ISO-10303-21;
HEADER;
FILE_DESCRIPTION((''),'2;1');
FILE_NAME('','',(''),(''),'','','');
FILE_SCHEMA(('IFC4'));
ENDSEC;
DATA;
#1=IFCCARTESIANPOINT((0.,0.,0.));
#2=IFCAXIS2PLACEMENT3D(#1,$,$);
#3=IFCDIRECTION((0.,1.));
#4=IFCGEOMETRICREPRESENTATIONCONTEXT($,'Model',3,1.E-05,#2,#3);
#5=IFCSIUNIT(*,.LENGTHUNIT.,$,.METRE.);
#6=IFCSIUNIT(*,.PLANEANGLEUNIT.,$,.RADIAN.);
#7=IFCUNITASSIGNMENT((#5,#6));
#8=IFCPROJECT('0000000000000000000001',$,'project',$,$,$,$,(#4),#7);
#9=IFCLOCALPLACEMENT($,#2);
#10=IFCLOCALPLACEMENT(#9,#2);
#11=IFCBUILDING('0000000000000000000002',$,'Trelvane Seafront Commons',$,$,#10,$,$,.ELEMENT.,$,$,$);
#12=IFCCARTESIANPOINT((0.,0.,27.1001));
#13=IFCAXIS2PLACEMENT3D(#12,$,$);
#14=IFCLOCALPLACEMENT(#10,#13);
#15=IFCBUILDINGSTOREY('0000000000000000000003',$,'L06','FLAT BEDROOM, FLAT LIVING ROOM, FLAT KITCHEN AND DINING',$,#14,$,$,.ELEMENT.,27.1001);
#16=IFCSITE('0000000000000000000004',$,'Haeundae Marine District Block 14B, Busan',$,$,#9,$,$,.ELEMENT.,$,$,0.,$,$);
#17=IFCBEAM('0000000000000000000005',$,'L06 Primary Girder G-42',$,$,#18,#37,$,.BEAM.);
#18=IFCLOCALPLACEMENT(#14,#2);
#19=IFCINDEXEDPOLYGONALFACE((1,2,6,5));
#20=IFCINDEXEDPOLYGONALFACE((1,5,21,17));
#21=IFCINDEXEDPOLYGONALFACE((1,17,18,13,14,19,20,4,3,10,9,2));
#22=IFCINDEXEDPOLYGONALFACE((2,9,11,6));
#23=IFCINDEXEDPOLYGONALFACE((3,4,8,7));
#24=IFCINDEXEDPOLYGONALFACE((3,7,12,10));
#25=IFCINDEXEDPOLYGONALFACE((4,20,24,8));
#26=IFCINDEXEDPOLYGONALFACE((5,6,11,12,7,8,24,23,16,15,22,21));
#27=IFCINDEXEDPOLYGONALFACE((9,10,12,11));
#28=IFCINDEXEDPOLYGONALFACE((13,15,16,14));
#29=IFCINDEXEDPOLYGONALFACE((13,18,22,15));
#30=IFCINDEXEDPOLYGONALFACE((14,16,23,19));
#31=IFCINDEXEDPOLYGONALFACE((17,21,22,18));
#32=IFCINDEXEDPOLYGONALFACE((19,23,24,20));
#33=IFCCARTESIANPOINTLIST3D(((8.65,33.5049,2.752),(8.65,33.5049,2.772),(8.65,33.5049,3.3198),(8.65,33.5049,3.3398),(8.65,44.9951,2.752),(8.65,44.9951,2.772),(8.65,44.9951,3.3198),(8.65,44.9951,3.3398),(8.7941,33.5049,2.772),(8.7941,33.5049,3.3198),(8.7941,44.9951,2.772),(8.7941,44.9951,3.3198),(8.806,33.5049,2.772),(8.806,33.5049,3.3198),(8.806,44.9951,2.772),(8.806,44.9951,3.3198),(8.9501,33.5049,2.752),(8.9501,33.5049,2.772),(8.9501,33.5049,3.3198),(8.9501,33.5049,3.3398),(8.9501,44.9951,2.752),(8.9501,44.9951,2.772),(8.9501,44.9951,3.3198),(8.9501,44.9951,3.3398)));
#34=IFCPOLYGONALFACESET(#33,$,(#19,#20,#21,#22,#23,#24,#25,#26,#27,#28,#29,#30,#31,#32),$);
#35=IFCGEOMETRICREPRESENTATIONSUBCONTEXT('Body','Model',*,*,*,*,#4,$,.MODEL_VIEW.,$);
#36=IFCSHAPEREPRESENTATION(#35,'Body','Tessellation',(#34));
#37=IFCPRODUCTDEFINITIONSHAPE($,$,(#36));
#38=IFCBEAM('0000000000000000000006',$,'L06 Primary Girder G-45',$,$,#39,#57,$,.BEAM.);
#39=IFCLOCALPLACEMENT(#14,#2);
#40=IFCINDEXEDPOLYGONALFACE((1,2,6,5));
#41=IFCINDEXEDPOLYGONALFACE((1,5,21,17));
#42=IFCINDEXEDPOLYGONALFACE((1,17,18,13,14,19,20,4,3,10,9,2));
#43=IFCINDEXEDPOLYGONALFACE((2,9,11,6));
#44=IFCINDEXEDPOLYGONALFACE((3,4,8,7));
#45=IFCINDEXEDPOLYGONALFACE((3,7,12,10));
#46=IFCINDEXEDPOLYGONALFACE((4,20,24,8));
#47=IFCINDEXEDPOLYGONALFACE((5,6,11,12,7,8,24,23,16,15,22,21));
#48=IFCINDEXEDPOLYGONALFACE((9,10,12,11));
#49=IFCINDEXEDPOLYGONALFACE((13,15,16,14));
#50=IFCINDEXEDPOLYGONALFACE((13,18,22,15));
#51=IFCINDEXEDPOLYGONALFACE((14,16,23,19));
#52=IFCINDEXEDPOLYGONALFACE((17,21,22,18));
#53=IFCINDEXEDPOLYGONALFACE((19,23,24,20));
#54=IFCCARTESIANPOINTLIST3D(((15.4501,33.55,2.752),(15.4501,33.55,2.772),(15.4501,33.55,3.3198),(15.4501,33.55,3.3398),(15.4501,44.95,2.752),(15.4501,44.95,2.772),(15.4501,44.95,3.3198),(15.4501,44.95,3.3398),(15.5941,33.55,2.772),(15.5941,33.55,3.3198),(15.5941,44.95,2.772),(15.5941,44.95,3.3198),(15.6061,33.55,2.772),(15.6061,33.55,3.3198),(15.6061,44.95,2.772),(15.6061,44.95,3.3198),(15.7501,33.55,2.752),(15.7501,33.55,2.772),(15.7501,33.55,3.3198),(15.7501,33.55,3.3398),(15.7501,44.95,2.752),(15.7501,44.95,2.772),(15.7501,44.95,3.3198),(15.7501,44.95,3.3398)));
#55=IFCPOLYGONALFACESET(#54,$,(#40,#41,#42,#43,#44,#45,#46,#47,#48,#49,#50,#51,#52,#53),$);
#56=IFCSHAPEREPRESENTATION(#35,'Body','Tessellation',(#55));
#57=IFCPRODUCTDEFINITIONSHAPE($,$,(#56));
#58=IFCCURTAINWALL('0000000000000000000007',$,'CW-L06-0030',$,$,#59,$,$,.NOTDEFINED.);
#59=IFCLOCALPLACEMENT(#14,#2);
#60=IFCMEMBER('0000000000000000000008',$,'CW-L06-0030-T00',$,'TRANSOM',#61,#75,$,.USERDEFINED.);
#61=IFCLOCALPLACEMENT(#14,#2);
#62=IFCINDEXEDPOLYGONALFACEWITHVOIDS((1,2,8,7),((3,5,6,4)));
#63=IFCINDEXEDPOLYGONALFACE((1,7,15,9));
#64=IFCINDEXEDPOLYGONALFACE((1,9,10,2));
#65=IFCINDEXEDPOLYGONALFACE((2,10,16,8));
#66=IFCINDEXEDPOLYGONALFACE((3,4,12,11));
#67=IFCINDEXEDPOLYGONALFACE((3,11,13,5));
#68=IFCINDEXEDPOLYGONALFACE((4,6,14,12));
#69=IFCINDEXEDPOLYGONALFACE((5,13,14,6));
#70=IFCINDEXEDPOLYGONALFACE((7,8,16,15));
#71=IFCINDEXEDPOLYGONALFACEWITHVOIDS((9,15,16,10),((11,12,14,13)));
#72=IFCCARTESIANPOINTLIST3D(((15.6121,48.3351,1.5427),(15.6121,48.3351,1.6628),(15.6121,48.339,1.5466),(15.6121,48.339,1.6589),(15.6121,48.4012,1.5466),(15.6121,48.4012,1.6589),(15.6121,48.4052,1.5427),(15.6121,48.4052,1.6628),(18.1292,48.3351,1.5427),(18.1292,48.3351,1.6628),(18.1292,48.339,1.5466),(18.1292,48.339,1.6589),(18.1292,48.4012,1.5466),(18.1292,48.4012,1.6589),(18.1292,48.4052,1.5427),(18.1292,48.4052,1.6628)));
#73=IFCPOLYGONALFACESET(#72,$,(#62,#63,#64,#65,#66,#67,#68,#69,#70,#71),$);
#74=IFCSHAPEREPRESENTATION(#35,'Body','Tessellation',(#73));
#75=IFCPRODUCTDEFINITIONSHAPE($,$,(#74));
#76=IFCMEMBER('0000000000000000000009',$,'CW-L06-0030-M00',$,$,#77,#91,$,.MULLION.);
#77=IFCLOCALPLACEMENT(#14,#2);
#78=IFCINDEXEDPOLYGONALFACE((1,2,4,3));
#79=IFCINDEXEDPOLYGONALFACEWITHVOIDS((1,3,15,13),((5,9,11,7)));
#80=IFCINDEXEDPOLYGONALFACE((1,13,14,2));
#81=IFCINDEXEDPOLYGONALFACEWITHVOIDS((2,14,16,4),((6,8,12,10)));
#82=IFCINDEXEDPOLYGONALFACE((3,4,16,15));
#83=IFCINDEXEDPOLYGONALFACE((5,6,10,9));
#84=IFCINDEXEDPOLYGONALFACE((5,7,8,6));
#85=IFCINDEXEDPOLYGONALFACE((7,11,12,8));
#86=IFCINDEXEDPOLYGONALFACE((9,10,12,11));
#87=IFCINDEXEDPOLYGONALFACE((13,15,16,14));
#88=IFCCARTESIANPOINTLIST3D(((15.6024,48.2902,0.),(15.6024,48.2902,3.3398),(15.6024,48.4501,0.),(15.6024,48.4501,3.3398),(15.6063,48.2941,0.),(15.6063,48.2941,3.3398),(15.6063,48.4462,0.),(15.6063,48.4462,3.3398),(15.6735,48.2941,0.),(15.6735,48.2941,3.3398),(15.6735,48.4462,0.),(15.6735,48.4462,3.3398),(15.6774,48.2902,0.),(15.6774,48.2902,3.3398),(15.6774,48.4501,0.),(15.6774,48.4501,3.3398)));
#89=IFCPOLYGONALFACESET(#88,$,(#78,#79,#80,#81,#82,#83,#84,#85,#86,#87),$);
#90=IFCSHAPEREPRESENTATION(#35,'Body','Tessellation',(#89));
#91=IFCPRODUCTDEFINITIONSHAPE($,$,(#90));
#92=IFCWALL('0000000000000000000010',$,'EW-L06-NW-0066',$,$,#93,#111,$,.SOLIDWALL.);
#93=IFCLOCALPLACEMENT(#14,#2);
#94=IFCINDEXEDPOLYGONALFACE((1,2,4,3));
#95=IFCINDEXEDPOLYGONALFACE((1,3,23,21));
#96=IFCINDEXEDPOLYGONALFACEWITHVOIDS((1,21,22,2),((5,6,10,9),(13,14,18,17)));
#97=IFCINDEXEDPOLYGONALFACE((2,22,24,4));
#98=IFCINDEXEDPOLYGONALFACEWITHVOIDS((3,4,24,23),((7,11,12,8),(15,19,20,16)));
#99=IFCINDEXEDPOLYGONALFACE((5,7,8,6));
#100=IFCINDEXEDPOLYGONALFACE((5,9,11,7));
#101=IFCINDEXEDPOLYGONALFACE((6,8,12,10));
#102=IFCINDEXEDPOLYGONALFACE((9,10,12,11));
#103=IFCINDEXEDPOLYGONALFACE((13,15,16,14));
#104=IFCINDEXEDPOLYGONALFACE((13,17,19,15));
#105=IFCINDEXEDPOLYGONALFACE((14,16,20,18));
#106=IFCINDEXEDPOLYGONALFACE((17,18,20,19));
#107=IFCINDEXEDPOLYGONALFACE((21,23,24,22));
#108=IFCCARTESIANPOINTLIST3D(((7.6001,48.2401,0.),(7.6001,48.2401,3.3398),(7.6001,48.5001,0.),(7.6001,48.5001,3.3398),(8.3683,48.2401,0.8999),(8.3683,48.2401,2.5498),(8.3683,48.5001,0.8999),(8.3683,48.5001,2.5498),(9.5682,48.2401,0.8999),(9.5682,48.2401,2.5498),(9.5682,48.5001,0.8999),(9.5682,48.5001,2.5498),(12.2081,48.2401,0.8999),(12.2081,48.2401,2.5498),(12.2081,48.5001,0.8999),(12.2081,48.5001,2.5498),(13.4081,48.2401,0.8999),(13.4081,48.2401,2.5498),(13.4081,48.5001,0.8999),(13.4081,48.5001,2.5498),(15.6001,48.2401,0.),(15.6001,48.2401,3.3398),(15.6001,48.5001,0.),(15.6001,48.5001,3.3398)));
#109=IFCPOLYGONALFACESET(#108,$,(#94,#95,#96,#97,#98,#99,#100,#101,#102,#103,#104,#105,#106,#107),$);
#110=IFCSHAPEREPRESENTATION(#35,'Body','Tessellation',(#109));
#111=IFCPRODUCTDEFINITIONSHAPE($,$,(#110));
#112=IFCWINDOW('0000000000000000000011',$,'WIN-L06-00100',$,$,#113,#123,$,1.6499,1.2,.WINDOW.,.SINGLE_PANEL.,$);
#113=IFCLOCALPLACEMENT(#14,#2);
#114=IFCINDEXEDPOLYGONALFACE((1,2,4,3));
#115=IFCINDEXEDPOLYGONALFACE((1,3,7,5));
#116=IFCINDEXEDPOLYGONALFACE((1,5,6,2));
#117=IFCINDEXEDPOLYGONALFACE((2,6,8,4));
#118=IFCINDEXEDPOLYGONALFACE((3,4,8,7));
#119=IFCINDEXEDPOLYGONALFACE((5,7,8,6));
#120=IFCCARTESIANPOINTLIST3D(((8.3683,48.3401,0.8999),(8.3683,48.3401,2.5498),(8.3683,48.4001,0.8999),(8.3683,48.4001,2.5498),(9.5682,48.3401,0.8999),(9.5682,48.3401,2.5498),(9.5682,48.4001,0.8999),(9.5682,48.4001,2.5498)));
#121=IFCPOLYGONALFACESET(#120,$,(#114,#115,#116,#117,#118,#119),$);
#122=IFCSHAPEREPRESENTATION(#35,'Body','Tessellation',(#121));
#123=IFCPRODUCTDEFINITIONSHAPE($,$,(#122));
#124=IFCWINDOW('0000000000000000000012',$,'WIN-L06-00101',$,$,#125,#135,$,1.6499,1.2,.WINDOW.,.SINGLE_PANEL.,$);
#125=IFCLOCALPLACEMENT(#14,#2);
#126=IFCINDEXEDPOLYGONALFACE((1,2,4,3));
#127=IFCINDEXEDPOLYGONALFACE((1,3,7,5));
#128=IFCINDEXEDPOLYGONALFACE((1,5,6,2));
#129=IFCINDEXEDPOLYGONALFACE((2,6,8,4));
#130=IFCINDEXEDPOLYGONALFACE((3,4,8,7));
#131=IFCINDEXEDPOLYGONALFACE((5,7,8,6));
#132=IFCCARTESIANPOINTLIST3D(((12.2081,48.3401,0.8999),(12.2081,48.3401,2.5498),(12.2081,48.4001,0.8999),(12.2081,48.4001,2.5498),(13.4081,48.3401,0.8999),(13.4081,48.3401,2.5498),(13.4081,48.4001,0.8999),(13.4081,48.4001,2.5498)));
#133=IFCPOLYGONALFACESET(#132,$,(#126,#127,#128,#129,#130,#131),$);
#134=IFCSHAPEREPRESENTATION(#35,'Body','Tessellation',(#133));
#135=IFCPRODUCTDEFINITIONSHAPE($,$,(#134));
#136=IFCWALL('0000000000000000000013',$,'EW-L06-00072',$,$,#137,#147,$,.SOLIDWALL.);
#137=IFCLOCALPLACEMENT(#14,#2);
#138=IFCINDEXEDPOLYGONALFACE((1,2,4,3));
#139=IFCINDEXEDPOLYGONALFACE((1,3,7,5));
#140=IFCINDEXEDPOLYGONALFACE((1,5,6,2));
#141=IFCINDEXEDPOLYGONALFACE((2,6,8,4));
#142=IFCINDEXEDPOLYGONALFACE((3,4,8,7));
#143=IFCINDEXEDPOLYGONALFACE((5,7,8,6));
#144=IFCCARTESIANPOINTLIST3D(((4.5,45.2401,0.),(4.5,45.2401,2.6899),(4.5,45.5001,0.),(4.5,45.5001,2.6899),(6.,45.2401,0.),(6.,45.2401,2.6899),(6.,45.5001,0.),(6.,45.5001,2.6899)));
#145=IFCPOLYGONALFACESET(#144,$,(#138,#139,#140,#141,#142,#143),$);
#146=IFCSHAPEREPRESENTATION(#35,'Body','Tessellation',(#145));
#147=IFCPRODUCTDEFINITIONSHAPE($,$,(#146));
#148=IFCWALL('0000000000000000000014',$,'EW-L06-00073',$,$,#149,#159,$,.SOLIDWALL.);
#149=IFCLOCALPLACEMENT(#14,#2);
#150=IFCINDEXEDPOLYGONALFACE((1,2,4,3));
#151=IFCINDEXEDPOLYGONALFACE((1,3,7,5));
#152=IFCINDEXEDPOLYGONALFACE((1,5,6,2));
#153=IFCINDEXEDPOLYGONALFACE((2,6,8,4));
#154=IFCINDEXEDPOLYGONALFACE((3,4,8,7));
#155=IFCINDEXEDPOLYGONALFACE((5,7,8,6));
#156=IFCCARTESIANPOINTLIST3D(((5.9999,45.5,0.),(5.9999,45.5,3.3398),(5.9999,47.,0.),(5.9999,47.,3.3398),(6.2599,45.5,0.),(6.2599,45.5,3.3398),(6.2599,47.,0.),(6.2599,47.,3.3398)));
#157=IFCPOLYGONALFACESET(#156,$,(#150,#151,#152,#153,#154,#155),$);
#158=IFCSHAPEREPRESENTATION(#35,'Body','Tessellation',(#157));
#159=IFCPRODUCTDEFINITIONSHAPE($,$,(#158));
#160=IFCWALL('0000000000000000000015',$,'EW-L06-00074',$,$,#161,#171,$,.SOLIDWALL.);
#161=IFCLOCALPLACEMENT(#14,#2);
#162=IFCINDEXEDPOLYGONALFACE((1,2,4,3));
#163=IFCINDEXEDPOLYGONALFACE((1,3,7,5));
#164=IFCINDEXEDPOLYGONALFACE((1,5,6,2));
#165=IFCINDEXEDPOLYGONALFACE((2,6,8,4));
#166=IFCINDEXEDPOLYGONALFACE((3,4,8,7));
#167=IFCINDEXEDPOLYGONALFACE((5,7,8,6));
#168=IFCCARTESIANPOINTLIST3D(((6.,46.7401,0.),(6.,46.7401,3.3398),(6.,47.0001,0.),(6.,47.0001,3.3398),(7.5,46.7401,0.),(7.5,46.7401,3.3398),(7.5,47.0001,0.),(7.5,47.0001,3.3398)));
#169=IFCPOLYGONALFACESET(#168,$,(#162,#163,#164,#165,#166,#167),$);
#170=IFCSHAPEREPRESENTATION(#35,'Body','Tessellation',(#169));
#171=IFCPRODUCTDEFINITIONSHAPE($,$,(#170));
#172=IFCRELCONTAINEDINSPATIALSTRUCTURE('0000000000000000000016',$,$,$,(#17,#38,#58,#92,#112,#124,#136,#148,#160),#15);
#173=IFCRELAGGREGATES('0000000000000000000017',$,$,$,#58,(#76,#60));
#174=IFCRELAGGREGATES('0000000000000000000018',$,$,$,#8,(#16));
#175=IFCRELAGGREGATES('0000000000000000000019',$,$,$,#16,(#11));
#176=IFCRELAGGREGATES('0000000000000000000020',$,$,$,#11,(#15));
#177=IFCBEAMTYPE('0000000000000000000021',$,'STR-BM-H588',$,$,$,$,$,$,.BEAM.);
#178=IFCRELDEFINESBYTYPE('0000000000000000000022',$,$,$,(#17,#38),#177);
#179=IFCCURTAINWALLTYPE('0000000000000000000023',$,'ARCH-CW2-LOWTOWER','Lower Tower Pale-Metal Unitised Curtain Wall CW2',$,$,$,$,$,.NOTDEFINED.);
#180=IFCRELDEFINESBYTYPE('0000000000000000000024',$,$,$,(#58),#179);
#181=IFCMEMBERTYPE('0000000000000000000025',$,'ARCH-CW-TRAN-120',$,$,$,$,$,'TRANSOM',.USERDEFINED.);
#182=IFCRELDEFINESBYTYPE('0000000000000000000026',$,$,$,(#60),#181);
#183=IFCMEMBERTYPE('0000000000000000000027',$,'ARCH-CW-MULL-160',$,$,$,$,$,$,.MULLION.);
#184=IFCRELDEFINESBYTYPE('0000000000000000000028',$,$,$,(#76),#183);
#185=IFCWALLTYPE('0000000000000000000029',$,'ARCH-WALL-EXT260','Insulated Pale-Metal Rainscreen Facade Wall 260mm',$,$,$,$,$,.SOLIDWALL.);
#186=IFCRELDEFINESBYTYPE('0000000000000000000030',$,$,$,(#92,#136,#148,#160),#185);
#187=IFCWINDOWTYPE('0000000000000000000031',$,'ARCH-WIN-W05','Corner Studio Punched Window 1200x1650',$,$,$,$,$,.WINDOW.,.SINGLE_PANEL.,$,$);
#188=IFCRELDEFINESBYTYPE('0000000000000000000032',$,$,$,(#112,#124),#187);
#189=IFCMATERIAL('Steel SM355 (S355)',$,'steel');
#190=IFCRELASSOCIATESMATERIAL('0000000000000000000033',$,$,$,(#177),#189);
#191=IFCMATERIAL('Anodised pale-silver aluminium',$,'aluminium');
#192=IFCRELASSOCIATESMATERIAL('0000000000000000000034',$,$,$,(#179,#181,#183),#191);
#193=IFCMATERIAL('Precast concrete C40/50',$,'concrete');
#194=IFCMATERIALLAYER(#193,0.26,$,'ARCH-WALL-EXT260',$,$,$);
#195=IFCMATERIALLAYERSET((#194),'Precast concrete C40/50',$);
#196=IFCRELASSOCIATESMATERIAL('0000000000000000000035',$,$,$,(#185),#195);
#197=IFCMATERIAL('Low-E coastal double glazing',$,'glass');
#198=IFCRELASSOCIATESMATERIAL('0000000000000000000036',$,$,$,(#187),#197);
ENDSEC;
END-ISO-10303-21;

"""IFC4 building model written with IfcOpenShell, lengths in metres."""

from ifc_helpers import new_model, si_unit, direction, frame, frame_2d, origin, origin_2d, place, context, subcontext, project, spatial, rectangle, hollow_rectangle, i_section, extrude, source, transform, mapped, material, layer, layer_set, material_profile, profile_set, type_object, element, fill, aggregate, save


model = new_model("IFC4")

# Units and contexts
model_context = context("Model", 3, precision=1e-05, world=origin(), true_north=direction((0.0, 1.0)))
body_context = subcontext(model_context, "Body", "Model", "MODEL_VIEW")
ifc_project = project(units=[si_unit("LENGTHUNIT", "METRE"), si_unit("PLANEANGLEUNIT", "RADIAN")], contexts=[model_context])

# Site, building, storey
site_placement = place(None, origin())
site = spatial("IfcSite", under=ifc_project, at=site_placement, Name="Haeundae Marine District Block 14B, Busan", CompositionType="ELEMENT", RefElevation=0.0)
building_placement = place(site_placement, origin())
building = spatial("IfcBuilding", under=site, at=building_placement, Name="Trelvane Seafront Commons", CompositionType="ELEMENT")
storey_placement = place(building_placement, frame((0.0, 0.0, 27.1001)))
storey = spatial("IfcBuildingStorey", under=building, at=storey_placement, Name="L06", Description="FLAT BEDROOM, FLAT LIVING ROOM, FLAT KITCHEN AND DINING", CompositionType="ELEMENT", Elevation=27.1001)

# Shared definitions
ifc_material_1 = material(Name="Steel SM355 (S355)", Category="steel")

# Beams
ifc_material_profile_1 = material_profile(ifc_material_1, i_section(OverallWidth=0.3, OverallDepth=0.5879, WebThickness=0.012, FlangeThickness=0.02, at=origin_2d()), Name="H-588x300x12x20")
ifc_profile_set_1 = profile_set([ifc_material_profile_1], Name="Steel SM355 (S355)")
beam_type_1 = type_object("IfcBeamType", Name="STR-BM-H588", PredefinedType="BEAM", material=ifc_profile_set_1)
shared_shape_1 = source(origin(), body_context, "Body", "SweptSolid", [
    extrude(i_section(OverallWidth=0.3, OverallDepth=0.5879, WebThickness=0.012, FlangeThickness=0.02, at=origin_2d()), origin(), (0.0, 0.0, 1.0), 11.4902),
])
for number, where, z_axis, x_axis, name in (
    (1, (8.8, 33.5049, 3.0459), (0.0, 1.0, 0.0), (-1.0, 0.0, 0.0), "L06 Primary Girder G-42"),
):
    element("IfcBeam", number, at=place(storey_placement, frame(where, z_axis=z_axis, x_axis=x_axis)), inside=storey, type_object=beam_type_1, Name=name, PredefinedType="BEAM", context=body_context, shape_type="MappedRepresentation", body=[
        mapped(shared_shape_1, transform((0.0, 0.0, 0.0), x_axis=(1.0, 0.0, 0.0), y_axis=(0.0, 1.0, 0.0), z_axis=(0.0, 0.0, 1.0), scale=1.0)),
    ])
shared_shape_2 = source(origin(), body_context, "Body", "SweptSolid", [
    extrude(i_section(OverallWidth=0.3, OverallDepth=0.5879, WebThickness=0.012, FlangeThickness=0.02, at=origin_2d()), origin(), (0.0, 0.0, 1.0), 11.3999),
])
beam_1_placement = place(storey_placement, frame((15.6001, 33.55, 3.0459), z_axis=(0.0, 1.0, 0.0), x_axis=(-1.0, 0.0, 0.0)))
element("IfcBeam", 2, at=beam_1_placement, inside=storey, type_object=beam_type_1, Name="L06 Primary Girder G-45", PredefinedType="BEAM", context=body_context, shape_type="MappedRepresentation", body=[
    mapped(shared_shape_2, transform((0.0, 0.0, 0.0), x_axis=(1.0, 0.0, 0.0), y_axis=(0.0, 1.0, 0.0), z_axis=(0.0, 0.0, 1.0), scale=1.0)),
])

# Curtain wall, members
ifc_material_2 = material(Name="Anodised pale-silver aluminium", Category="aluminium")
curtain_wall_type = type_object("IfcCurtainWallType", Name="ARCH-CW2-LOWTOWER", Description="Lower Tower Pale-Metal Unitised Curtain Wall CW2", PredefinedType="NOTDEFINED", material=ifc_material_2)
curtain_wall_placement = place(storey_placement, origin())
curtain_wall = element("IfcCurtainWall", 3, at=curtain_wall_placement, inside=storey, type_object=curtain_wall_type, Name="CW-L06-0030", PredefinedType="NOTDEFINED")
ifc_material_profile_2 = material_profile(ifc_material_2, hollow_rectangle(XDim=0.0701, YDim=0.1201, WallThickness=0.0039, at=origin_2d()), Name="TRAN-70x120x4")
ifc_profile_set_2 = profile_set([ifc_material_profile_2], Name="Anodised pale-silver aluminium")
member_type_1 = type_object("IfcMemberType", Name="ARCH-CW-TRAN-120", ElementType="TRANSOM", PredefinedType="USERDEFINED", material=ifc_profile_set_2)
shared_shape_3 = source(origin(), body_context, "Body", "SweptSolid", [
    extrude(hollow_rectangle(XDim=0.0701, YDim=0.1201, WallThickness=0.0039, at=origin_2d()), origin(), (0.0, 0.0, 1.0), 2.5171),
])
member_1_placement = place(storey_placement, frame((15.6121, 48.3701, 1.6028), z_axis=(1.0, 0.0, 0.0), x_axis=(0.0, 1.0, 0.0)))
member_1 = element("IfcMember", 4, at=member_1_placement, type_object=member_type_1, Name="CW-L06-0030-T00", ObjectType="TRANSOM", PredefinedType="USERDEFINED", context=body_context, shape_type="MappedRepresentation", body=[
    mapped(shared_shape_3, transform((0.0, 0.0, 0.0), x_axis=(1.0, 0.0, 0.0), y_axis=(0.0, 1.0, 0.0), z_axis=(0.0, 0.0, 1.0), scale=1.0)),
])
ifc_material_profile_3 = material_profile(ifc_material_2, hollow_rectangle(XDim=0.075, YDim=0.1599, WallThickness=0.0039, at=origin_2d()), Name="MULL-75x160x4")
ifc_profile_set_3 = profile_set([ifc_material_profile_3], Name="Anodised pale-silver aluminium")
member_type_2 = type_object("IfcMemberType", Name="ARCH-CW-MULL-160", PredefinedType="MULLION", material=ifc_profile_set_3)
shared_shape_4 = source(origin(), body_context, "Body", "SweptSolid", [
    extrude(hollow_rectangle(XDim=0.075, YDim=0.1599, WallThickness=0.0039, at=origin_2d()), origin(), (0.0, 0.0, 1.0), 3.3398),
])
member_2_placement = place(storey_placement, frame((15.6399, 48.3701, 0.0), z_axis=(0.0, 0.0, 1.0), x_axis=(1.0, 0.0, 0.0)))
member_2 = element("IfcMember", 5, at=member_2_placement, type_object=member_type_2, Name="CW-L06-0030-M00", PredefinedType="MULLION", context=body_context, shape_type="MappedRepresentation", body=[
    mapped(shared_shape_4, transform((0.0, 0.0, 0.0), x_axis=(1.0, 0.0, 0.0), y_axis=(0.0, 1.0, 0.0), z_axis=(0.0, 0.0, 1.0), scale=1.0)),
])
aggregate(curtain_wall, [member_2, member_1])

# Wall, openings, windows
ifc_material_3 = material(Name="Precast concrete C40/50", Category="concrete")
ifc_layer_1 = layer(ifc_material_3, 0.26, Name="ARCH-WALL-EXT260")
ifc_layer_set_1 = layer_set([ifc_layer_1], Name="Precast concrete C40/50")
wall_type_1 = type_object("IfcWallType", Name="ARCH-WALL-EXT260", Description="Insulated Pale-Metal Rainscreen Facade Wall 260mm", PredefinedType="SOLIDWALL", material=ifc_layer_set_1)
wall_1_placement = place(storey_placement, frame((7.6001, 48.3701, 0.0), z_axis=(0.0, 0.0, 1.0), x_axis=(1.0, 0.0, 0.0)))
wall_1 = element("IfcWall", 6, at=wall_1_placement, inside=storey, type_object=wall_type_1, Name="EW-L06-NW-0066", PredefinedType="SOLIDWALL", context=body_context, shape_type="SweptSolid", body=[
    extrude(rectangle(XDim=8.0, YDim=0.26, at=frame_2d((4.0, 0.0))), origin(), (0.0, 0.0, 1.0), 3.3398),
])
opening_1_placement = place(wall_1_placement, frame((0.7681, 0.0, 0.8999)))
opening_1 = element("IfcOpeningElement", 7, at=opening_1_placement, cuts=wall_1, PredefinedType="OPENING", context=body_context, shape_type="SweptSolid", body=[
    extrude(rectangle(XDim=1.2, YDim=1.6499, at=frame_2d((0.6001, 0.825))), frame((0.0, 0.1399, 0.0), z_axis=(0.0, -1.0, 0.0), x_axis=(1.0, 0.0, 0.0)), (0.0, 0.0, 1.0), 0.28),
])
opening_2_placement = place(wall_1_placement, frame((4.6079, 0.0, 0.8999)))
opening_2 = element("IfcOpeningElement", 8, at=opening_2_placement, cuts=wall_1, PredefinedType="OPENING", context=body_context, shape_type="SweptSolid", body=[
    extrude(rectangle(XDim=1.2, YDim=1.6499, at=frame_2d((0.6001, 0.825))), frame((0.0, 0.1399, 0.0), z_axis=(0.0, -1.0, 0.0), x_axis=(1.0, 0.0, 0.0)), (0.0, 0.0, 1.0), 0.28),
])
ifc_material_4 = material(Name="Low-E coastal double glazing", Category="glass")
window_type = type_object("IfcWindowType", Name="ARCH-WIN-W05", Description="Corner Studio Punched Window 1200x1650", PartitioningType="SINGLE_PANEL", PredefinedType="WINDOW", material=ifc_material_4)
shared_shape_5 = source(origin(), body_context, "Body", "SweptSolid", [
    extrude(rectangle(XDim=1.2, YDim=1.6499, at=frame_2d((0.6001, 0.825))), frame((0.0, 0.03, 0.0), z_axis=(0.0, -1.0, 0.0), x_axis=(1.0, 0.0, 0.0)), (0.0, 0.0, 1.0), 0.0601),
])
window_1_placement = place(opening_1_placement, origin())
window_1 = element("IfcWindow", 9, at=window_1_placement, inside=storey, type_object=window_type, Name="WIN-L06-00100", OverallHeight=1.6499, OverallWidth=1.2, PartitioningType="SINGLE_PANEL", PredefinedType="WINDOW", context=body_context, shape_type="MappedRepresentation", body=[
    mapped(shared_shape_5, transform((0.0, 0.0, 0.0), x_axis=(1.0, 0.0, 0.0), y_axis=(0.0, 1.0, 0.0), z_axis=(0.0, 0.0, 1.0), scale=1.0)),
])
fill(opening_1, window_1)
window_2_placement = place(opening_2_placement, origin())
window_2 = element("IfcWindow", 10, at=window_2_placement, inside=storey, type_object=window_type, Name="WIN-L06-00101", OverallHeight=1.6499, OverallWidth=1.2, PartitioningType="SINGLE_PANEL", PredefinedType="WINDOW", context=body_context, shape_type="MappedRepresentation", body=[
    mapped(shared_shape_5, transform((0.0, 0.0, 0.0), x_axis=(1.0, 0.0, 0.0), y_axis=(0.0, 1.0, 0.0), z_axis=(0.0, 0.0, 1.0), scale=1.0)),
])
fill(opening_2, window_2)

# Walls
wall_2_placement = place(storey_placement, frame((4.5, 45.3701, 0.0), z_axis=(0.0, 0.0, 1.0), x_axis=(1.0, 0.0, 0.0)))
element("IfcWall", 11, at=wall_2_placement, inside=storey, type_object=wall_type_1, Name="EW-L06-00072", PredefinedType="SOLIDWALL", context=body_context, shape_type="SweptSolid", body=[
    extrude(rectangle(XDim=1.5, YDim=0.26, at=frame_2d((0.75, 0.0))), origin(), (0.0, 0.0, 1.0), 2.6899),
])
for number, where, z_axis, x_axis, name in (
    (12, (6.1299, 45.5, 0.0), (0.0, 0.0, 1.0), (0.0, 1.0, 0.0), "EW-L06-00073"),
    (13, (6.0, 46.8701, 0.0), (0.0, 0.0, 1.0), (1.0, 0.0, 0.0), "EW-L06-00074"),
):
    element("IfcWall", number, at=place(storey_placement, frame(where, z_axis=z_axis, x_axis=x_axis)), inside=storey, type_object=wall_type_1, Name=name, PredefinedType="SOLIDWALL", context=body_context, shape_type="SweptSolid", body=[
        extrude(rectangle(XDim=1.5, YDim=0.26, at=frame_2d((0.75, 0.0))), origin(), (0.0, 0.0, 1.0), 3.3398),
    ])

save(model, "model.ifc")
